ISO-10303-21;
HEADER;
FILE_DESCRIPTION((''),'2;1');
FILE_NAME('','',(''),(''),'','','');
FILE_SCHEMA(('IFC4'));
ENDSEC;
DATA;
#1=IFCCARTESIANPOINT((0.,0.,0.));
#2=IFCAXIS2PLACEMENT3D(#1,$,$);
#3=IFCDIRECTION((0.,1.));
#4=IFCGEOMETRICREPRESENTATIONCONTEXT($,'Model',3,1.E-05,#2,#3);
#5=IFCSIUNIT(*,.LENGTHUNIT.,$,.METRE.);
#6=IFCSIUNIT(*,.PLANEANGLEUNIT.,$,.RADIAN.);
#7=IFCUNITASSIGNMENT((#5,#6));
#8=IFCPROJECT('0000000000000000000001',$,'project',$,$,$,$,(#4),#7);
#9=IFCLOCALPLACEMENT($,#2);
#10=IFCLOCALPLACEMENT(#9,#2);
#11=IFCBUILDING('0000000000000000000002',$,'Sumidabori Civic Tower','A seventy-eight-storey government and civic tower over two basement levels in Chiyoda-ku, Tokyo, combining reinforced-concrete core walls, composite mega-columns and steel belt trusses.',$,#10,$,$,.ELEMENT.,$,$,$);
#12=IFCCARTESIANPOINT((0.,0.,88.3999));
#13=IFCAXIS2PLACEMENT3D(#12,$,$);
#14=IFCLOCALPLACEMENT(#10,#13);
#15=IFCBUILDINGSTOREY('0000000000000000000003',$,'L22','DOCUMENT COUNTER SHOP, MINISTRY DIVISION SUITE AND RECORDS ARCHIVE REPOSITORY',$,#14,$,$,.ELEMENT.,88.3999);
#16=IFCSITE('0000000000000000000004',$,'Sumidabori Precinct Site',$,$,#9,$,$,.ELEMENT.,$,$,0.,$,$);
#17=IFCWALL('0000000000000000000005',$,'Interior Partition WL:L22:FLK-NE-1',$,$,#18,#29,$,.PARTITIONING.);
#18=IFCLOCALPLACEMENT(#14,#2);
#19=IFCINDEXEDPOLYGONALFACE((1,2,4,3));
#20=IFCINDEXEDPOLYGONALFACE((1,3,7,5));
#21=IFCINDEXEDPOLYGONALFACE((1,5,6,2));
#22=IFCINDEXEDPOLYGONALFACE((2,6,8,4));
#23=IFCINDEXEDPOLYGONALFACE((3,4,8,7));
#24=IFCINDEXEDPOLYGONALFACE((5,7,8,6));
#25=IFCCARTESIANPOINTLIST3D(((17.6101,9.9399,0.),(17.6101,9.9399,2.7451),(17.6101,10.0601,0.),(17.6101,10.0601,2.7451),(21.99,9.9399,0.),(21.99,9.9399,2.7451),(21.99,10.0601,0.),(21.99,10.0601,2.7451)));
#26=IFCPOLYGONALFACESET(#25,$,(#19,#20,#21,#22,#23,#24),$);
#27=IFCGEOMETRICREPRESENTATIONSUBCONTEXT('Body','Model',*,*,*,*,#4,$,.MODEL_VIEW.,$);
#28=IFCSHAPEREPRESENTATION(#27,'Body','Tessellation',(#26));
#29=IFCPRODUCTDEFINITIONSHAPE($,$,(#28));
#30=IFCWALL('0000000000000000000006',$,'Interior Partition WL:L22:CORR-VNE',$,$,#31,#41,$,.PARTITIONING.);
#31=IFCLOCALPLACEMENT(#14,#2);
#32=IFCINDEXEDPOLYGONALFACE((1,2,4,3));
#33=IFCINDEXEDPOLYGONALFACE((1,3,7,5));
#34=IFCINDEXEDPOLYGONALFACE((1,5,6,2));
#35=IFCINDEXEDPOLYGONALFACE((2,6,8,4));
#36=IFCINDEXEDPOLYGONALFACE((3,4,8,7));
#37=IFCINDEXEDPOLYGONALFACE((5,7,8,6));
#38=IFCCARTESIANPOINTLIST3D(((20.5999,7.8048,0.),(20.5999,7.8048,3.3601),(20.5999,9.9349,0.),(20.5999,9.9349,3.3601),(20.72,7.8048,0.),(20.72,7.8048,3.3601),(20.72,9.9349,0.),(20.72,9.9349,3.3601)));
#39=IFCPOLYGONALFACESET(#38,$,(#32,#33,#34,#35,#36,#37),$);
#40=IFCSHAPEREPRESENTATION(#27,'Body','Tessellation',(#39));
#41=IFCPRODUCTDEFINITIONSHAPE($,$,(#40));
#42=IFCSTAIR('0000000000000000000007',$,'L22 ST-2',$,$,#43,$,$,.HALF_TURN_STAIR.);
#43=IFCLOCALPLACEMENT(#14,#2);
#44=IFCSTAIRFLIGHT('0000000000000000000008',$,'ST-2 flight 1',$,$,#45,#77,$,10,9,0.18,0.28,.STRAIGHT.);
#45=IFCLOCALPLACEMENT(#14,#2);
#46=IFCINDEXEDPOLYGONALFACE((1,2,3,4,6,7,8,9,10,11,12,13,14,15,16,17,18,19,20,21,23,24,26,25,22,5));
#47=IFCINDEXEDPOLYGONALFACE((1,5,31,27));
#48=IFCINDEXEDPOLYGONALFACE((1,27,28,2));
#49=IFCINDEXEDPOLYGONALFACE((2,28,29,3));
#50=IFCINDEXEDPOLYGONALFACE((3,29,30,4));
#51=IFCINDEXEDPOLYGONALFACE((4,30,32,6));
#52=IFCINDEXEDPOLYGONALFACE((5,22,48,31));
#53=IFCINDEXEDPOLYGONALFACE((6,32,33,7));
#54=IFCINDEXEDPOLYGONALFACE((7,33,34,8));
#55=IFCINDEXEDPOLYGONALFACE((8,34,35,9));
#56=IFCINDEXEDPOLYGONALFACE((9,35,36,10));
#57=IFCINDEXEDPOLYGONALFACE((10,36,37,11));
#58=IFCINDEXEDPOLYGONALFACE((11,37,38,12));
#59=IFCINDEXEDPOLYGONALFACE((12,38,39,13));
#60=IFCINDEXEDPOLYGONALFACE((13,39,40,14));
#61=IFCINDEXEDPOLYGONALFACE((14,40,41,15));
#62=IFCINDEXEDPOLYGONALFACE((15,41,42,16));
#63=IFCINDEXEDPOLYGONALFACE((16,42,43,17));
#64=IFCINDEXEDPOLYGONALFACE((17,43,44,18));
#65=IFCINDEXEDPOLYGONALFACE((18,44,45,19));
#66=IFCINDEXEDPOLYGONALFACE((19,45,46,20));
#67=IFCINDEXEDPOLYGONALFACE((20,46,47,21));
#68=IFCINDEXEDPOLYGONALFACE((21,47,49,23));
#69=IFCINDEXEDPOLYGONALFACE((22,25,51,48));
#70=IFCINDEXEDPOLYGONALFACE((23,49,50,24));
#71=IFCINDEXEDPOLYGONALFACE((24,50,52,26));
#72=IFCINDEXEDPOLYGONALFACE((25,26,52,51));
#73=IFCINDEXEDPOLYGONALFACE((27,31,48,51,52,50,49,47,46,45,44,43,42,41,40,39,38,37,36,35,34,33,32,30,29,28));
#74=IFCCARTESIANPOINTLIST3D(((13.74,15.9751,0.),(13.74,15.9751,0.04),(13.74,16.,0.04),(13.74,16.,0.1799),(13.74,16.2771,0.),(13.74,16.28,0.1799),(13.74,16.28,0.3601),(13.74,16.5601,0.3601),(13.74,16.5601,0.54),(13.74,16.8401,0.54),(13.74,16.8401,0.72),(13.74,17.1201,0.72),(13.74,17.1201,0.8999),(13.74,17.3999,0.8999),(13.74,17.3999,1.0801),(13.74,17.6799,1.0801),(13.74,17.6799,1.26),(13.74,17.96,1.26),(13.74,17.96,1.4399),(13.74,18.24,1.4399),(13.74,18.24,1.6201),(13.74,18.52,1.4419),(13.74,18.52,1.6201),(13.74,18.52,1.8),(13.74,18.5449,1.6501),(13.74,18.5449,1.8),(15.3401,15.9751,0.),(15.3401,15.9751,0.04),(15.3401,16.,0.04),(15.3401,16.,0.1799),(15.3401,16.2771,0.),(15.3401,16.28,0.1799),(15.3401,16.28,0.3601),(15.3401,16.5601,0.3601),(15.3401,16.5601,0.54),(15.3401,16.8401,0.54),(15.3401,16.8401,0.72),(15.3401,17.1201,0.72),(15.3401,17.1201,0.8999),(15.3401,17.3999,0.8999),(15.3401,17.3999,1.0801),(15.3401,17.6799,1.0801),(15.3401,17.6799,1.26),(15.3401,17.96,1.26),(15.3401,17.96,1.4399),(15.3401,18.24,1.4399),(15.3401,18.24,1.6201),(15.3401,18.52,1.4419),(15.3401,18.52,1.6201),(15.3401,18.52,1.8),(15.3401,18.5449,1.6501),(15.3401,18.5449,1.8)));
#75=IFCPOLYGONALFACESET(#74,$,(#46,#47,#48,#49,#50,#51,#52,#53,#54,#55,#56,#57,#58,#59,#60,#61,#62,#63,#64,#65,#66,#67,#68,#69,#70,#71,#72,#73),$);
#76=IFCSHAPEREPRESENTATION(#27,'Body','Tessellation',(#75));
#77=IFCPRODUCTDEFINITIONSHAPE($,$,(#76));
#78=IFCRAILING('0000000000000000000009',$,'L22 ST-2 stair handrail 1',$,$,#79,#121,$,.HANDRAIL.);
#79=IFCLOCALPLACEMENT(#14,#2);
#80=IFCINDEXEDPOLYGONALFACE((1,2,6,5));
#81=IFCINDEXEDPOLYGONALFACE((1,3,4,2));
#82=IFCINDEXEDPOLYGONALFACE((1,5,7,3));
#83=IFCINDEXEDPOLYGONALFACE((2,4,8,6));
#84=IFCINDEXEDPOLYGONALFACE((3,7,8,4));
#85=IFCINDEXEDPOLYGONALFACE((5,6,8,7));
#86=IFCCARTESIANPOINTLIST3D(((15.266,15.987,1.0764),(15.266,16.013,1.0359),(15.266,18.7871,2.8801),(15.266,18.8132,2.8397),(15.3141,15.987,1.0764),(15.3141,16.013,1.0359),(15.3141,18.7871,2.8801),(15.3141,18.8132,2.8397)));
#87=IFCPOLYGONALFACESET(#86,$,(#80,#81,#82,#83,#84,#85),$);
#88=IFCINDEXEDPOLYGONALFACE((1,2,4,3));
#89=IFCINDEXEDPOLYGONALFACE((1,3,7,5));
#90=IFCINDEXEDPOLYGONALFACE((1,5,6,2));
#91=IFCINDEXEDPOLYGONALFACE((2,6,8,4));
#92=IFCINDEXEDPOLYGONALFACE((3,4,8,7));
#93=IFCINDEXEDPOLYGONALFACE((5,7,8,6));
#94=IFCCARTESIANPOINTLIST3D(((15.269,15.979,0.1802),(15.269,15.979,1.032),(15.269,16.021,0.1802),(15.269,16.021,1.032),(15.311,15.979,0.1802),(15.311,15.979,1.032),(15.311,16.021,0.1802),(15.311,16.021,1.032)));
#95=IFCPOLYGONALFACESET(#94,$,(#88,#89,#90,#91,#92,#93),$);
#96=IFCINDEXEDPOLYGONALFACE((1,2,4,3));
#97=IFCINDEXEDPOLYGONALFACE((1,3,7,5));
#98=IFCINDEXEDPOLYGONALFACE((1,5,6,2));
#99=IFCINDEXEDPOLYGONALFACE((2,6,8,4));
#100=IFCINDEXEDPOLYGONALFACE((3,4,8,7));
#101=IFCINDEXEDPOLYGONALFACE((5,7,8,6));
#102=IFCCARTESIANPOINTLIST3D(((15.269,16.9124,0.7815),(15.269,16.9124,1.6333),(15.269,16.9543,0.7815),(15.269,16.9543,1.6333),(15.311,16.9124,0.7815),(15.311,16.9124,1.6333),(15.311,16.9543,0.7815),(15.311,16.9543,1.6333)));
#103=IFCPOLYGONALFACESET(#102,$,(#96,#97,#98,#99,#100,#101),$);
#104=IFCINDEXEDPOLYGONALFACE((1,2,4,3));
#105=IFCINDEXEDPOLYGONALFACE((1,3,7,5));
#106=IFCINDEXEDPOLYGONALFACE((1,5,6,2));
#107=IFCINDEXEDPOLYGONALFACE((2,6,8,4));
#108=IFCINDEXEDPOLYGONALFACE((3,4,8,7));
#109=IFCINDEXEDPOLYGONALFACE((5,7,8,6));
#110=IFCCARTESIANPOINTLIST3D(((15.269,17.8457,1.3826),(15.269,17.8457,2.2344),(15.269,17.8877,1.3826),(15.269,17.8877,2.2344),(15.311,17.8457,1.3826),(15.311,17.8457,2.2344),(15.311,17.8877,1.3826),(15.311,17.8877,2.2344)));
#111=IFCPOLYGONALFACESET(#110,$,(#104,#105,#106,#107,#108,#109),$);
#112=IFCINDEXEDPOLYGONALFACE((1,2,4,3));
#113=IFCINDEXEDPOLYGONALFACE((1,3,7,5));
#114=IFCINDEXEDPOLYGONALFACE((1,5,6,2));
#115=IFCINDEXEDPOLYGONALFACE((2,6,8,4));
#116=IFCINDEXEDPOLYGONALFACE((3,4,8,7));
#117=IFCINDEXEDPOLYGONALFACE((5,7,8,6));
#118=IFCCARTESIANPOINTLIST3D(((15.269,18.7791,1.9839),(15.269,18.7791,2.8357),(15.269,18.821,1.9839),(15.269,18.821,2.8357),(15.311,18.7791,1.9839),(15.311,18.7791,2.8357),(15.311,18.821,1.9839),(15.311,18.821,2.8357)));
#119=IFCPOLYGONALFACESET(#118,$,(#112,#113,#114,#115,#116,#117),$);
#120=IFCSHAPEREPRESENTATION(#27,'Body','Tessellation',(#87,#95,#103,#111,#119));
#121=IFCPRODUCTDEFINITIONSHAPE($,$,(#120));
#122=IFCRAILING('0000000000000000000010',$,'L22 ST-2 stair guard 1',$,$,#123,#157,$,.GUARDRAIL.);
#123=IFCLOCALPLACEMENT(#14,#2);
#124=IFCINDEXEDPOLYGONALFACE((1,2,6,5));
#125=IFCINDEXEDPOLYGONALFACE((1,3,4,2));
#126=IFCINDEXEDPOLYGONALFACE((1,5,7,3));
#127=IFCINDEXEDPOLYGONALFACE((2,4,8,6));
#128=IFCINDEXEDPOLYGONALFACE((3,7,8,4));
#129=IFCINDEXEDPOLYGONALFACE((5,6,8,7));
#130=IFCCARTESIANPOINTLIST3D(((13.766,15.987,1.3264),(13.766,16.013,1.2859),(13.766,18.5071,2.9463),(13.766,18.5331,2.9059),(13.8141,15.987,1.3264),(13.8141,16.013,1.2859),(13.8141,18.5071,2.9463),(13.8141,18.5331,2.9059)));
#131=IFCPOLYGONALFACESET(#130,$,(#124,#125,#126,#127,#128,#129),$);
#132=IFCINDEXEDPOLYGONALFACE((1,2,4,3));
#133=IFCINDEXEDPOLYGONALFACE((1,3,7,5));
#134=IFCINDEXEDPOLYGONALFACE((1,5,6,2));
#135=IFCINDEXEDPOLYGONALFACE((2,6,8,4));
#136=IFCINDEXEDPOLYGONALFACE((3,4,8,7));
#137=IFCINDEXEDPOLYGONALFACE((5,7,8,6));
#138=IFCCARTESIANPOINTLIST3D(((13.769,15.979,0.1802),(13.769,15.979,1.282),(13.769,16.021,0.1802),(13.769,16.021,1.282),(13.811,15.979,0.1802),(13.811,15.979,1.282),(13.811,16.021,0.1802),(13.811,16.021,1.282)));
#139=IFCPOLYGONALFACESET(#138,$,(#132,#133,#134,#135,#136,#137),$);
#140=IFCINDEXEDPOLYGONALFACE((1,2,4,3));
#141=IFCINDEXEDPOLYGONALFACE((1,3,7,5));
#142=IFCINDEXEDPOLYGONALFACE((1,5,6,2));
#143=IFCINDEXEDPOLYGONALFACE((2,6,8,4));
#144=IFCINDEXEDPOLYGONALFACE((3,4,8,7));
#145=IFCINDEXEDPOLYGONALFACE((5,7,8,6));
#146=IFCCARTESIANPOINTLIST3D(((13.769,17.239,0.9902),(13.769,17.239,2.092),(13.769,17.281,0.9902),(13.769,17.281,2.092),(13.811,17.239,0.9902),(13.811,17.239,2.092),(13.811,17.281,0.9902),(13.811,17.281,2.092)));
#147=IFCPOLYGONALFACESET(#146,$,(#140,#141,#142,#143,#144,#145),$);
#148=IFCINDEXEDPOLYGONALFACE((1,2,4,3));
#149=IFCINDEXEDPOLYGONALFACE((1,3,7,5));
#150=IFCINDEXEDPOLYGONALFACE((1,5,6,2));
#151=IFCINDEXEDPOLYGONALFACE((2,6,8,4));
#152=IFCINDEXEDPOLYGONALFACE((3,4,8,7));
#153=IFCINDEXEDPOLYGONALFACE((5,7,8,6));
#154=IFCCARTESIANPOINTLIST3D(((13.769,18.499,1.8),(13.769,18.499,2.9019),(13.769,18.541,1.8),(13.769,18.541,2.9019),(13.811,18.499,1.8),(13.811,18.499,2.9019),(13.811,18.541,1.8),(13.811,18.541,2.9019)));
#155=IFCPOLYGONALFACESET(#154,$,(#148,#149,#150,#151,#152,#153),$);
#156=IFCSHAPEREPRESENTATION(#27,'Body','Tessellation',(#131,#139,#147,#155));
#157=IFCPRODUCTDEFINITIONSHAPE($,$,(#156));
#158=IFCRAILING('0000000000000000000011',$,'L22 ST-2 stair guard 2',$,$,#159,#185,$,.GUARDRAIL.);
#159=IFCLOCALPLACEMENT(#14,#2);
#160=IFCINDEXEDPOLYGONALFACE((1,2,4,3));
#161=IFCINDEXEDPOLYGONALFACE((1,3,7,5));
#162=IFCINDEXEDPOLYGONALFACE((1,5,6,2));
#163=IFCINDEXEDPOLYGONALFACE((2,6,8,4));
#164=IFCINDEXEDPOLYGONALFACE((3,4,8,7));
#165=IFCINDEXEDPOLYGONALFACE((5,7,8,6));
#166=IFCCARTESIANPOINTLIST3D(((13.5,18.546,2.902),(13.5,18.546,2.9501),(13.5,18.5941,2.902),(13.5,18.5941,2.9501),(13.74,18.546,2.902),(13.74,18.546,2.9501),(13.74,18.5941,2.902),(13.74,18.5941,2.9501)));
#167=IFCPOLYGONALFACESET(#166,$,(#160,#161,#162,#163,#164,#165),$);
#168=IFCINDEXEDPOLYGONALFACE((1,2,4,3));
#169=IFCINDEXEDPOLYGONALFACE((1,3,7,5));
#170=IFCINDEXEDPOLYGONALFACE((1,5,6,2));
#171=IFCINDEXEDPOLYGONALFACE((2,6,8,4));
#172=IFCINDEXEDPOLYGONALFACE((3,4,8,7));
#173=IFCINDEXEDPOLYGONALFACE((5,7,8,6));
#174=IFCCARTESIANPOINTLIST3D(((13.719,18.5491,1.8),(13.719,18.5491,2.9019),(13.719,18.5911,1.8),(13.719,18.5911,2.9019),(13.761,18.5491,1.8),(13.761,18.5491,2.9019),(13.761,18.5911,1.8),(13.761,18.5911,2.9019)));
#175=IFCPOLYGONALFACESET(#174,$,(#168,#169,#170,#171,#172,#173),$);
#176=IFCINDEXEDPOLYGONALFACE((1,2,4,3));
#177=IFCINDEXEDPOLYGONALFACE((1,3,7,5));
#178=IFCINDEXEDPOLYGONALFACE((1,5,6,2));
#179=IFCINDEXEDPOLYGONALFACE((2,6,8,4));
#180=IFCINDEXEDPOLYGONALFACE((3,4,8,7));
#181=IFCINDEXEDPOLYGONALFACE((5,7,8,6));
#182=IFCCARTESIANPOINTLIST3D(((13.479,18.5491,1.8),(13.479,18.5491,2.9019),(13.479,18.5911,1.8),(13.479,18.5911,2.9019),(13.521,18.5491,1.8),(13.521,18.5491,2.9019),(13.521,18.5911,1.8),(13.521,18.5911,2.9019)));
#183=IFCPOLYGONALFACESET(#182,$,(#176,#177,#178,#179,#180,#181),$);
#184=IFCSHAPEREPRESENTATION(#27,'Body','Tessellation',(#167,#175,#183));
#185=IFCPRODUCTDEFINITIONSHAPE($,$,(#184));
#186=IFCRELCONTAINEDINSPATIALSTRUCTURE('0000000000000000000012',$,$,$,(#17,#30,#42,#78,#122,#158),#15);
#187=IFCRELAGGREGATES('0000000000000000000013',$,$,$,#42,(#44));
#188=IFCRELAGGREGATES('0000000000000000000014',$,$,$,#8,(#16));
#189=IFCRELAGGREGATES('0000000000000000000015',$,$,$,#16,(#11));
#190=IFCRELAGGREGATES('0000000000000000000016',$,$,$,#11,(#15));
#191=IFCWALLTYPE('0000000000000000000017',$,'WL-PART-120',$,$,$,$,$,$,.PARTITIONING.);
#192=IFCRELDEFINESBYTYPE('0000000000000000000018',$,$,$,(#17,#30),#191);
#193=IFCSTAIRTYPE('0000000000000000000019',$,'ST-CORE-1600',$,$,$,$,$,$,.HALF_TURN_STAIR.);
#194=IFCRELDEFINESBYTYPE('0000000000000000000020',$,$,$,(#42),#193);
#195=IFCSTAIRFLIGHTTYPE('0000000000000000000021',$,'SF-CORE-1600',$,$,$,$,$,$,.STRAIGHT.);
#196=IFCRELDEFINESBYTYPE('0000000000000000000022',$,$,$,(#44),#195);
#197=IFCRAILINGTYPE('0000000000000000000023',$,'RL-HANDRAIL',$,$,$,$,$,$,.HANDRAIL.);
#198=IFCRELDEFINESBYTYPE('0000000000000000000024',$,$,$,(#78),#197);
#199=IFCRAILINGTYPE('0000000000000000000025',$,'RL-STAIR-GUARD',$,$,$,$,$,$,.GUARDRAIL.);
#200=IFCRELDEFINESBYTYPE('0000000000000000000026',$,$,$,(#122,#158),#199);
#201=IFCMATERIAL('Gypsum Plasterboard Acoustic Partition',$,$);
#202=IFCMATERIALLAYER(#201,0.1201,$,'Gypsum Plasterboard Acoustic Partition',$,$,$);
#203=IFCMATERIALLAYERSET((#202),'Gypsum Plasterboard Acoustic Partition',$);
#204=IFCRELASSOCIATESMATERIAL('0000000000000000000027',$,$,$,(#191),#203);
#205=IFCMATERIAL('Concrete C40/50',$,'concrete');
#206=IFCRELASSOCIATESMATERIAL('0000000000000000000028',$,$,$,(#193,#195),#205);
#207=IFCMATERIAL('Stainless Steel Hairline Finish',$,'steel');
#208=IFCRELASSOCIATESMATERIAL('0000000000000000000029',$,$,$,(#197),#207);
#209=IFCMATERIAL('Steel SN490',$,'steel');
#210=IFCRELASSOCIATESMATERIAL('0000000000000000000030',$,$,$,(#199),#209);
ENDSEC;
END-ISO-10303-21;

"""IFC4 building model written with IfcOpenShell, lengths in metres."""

from ifc_helpers import new_model, si_unit, direction, frame, frame_2d, origin, origin_2d, place, context, subcontext, project, spatial, polyline, rectangle, outline, extrude, source, transform, mapped, material, layer, layer_set, type_object, element, aggregate, save


model = new_model("IFC4")

# Units and contexts
model_context = context("Model", 3, precision=1e-05, world=origin(), true_north=direction((0.0, 1.0)))
body_context = subcontext(model_context, "Body", "Model", "MODEL_VIEW")
ifc_project = project(units=[si_unit("LENGTHUNIT", "METRE"), si_unit("PLANEANGLEUNIT", "RADIAN")], contexts=[model_context])

# Site, building, storey
site_placement = place(None, origin())
site = spatial("IfcSite", under=ifc_project, at=site_placement, Name="Sumidabori Precinct Site", CompositionType="ELEMENT", RefElevation=0.0)
building_placement = place(site_placement, origin())
building = spatial("IfcBuilding", under=site, at=building_placement, Name="Sumidabori Civic Tower", Description="A seventy-eight-storey government and civic tower over two basement levels in Chiyoda-ku, Tokyo, combining reinforced-concrete core walls, composite mega-columns and steel belt trusses.", CompositionType="ELEMENT")
storey_placement = place(building_placement, frame((0.0, 0.0, 88.3999)))
storey = spatial("IfcBuildingStorey", under=building, at=storey_placement, Name="L22", Description="DOCUMENT COUNTER SHOP, MINISTRY DIVISION SUITE AND RECORDS ARCHIVE REPOSITORY", CompositionType="ELEMENT", Elevation=88.3999)

# Shared definitions
ifc_material_1 = material(Name="Steel SN490", Category="steel")

# Walls
ifc_material_2 = material(Name="Gypsum Plasterboard Acoustic Partition")
ifc_layer_1 = layer(ifc_material_2, 0.1201, Name="Gypsum Plasterboard Acoustic Partition")
ifc_layer_set_1 = layer_set([ifc_layer_1], Name="Gypsum Plasterboard Acoustic Partition")
wall_type_1 = type_object("IfcWallType", Name="WL-PART-120", PredefinedType="PARTITIONING", material=ifc_layer_set_1)
shared_shape_1 = source(origin(), body_context, "Body", "SweptSolid", [
    extrude(rectangle(XDim=4.3799, YDim=0.1201, at=frame_2d((2.1899, 0.0))), origin(), (0.0, 0.0, 1.0), 2.7451),
])
wall_1_placement = place(storey_placement, frame((17.6101, 10.0, 0.0), z_axis=(0.0, 0.0, 1.0), x_axis=(1.0, 0.0, 0.0)))
element("IfcWall", 1, at=wall_1_placement, inside=storey, type_object=wall_type_1, Name="Interior Partition WL:L22:FLK-NE-1", PredefinedType="PARTITIONING", context=body_context, shape_type="MappedRepresentation", body=[
    mapped(shared_shape_1, transform((0.0, 0.0, 0.0), x_axis=(1.0, 0.0, 0.0), y_axis=(0.0, 1.0, 0.0), z_axis=(0.0, 0.0, 1.0), scale=1.0)),
])
shared_shape_2 = source(origin(), body_context, "Body", "SweptSolid", [
    extrude(rectangle(XDim=2.1301, YDim=0.1201, at=frame_2d((1.0649, 0.0))), origin(), (0.0, 0.0, 1.0), 3.3601),
])
wall_2_placement = place(storey_placement, frame((20.6599, 7.8049, 0.0), z_axis=(0.0, 0.0, 1.0), x_axis=(0.0, 1.0, 0.0)))
element("IfcWall", 2, at=wall_2_placement, inside=storey, type_object=wall_type_1, Name="Interior Partition WL:L22:CORR-VNE", PredefinedType="PARTITIONING", context=body_context, shape_type="MappedRepresentation", body=[
    mapped(shared_shape_2, transform((0.0, 0.0, 0.0), x_axis=(1.0, 0.0, 0.0), y_axis=(0.0, 1.0, 0.0), z_axis=(0.0, 0.0, 1.0), scale=1.0)),
])

# Stair, stair flight
ifc_material_3 = material(Name="Concrete C40/50", Category="concrete")
stair_type = type_object("IfcStairType", Name="ST-CORE-1600", PredefinedType="HALF_TURN_STAIR", material=ifc_material_3)
stair_placement = place(storey_placement, origin())
stair = element("IfcStair", 3, at=stair_placement, inside=storey, type_object=stair_type, Name="L22 ST-2", PredefinedType="HALF_TURN_STAIR")
stair_flight_type = type_object("IfcStairFlightType", Name="SF-CORE-1600", PredefinedType="STRAIGHT", material=ifc_material_3)
shared_shape_3 = source(origin(), body_context, "Body", "SweptSolid", [
    extrude(outline(polyline([(-0.0249, 0.0), (-0.0249, 0.04), (0.0, 0.04), (0.0, 0.1799), (0.28, 0.1799), (0.28, 0.3601), (0.5601, 0.3601), (0.5601, 0.54), (0.8401, 0.54), (0.8401, 0.72), (1.1201, 0.72), (1.1201, 0.8999), (1.3999, 0.8999), (1.3999, 1.0801), (1.6799, 1.0801), (1.6799, 1.26), (1.96, 1.26), (1.96, 1.4399), (2.24, 1.4399), (2.24, 1.6201), (2.52, 1.6201), (2.52, 1.8), (2.5449, 1.8), (2.5449, 1.6501), (2.52, 1.4419), (0.2771, 0.0), (-0.0249, 0.0)])), frame((0.0, 0.8, 0.0), z_axis=(0.0, -1.0, 0.0), x_axis=(1.0, 0.0, 0.0)), (0.0, 0.0, 1.0), 1.6001),
])
stair_flight_placement = place(storey_placement, frame((14.54, 16.0, 0.0), z_axis=(0.0, 0.0, 1.0), x_axis=(0.0, 1.0, 0.0)))
stair_flight = element("IfcStairFlight", 4, at=stair_flight_placement, type_object=stair_flight_type, Name="ST-2 flight 1", NumberOfRisers=10, NumberOfTreads=9, PredefinedType="STRAIGHT", RiserHeight=0.18, TreadLength=0.28, context=body_context, shape_type="MappedRepresentation", body=[
    mapped(shared_shape_3, transform((0.0, 0.0, 0.0), x_axis=(1.0, 0.0, 0.0), y_axis=(0.0, 1.0, 0.0), z_axis=(0.0, 0.0, 1.0), scale=1.0)),
])
aggregate(stair, [stair_flight])

# Railings
ifc_material_4 = material(Name="Stainless Steel Hairline Finish", Category="steel")
railing_type_1 = type_object("IfcRailingType", Name="RL-HANDRAIL", PredefinedType="HANDRAIL", material=ifc_material_4)
railing_1_placement = place(storey_placement, frame((15.29, 16.0, 0.1802)))
element("IfcRailing", 5, at=railing_1_placement, inside=storey, type_object=railing_type_1, Name="L22 ST-2 stair handrail 1", PredefinedType="HANDRAIL", context=body_context, shape_type="SweptSolid", body=[
    extrude(rectangle(XDim=0.0481, YDim=0.0481, at=origin_2d()), frame((0.0, 0.0, 0.876), z_axis=(0.0, 0.840676, 0.541539), x_axis=(-1.0, 0.0, 0.0)), (0.0, 0.0, 1.0), 3.3308),
    extrude(rectangle(XDim=0.042, YDim=0.042, at=origin_2d()), origin(), (0.0, 0.0, 1.0), 0.8518),
    extrude(rectangle(XDim=0.042, YDim=0.042, at=origin_2d()), frame((0.0, 0.9333, 0.6013)), (0.0, 0.0, 1.0), 0.8518),
    extrude(rectangle(XDim=0.042, YDim=0.042, at=origin_2d()), frame((0.0, 1.8667, 1.2024)), (0.0, 0.0, 1.0), 0.8518),
    extrude(rectangle(XDim=0.042, YDim=0.042, at=origin_2d()), frame((0.0, 2.8, 1.8037)), (0.0, 0.0, 1.0), 0.8518),
])
railing_type_2 = type_object("IfcRailingType", Name="RL-STAIR-GUARD", PredefinedType="GUARDRAIL", material=ifc_material_1)
railing_2_placement = place(storey_placement, frame((13.79, 16.0, 0.1802)))
element("IfcRailing", 6, at=railing_2_placement, inside=storey, type_object=railing_type_2, Name="L22 ST-2 stair guard 1", PredefinedType="GUARDRAIL", context=body_context, shape_type="SweptSolid", body=[
    extrude(rectangle(XDim=0.0481, YDim=0.0481, at=origin_2d()), frame((0.0, 0.0, 1.126), z_axis=(0.0, 0.8412, 0.540725), x_axis=(-1.0, 0.0, 0.0)), (0.0, 0.0, 1.0), 2.9958),
    extrude(rectangle(XDim=0.042, YDim=0.042, at=origin_2d()), origin(), (0.0, 0.0, 1.0), 1.1018),
    extrude(rectangle(XDim=0.042, YDim=0.042, at=origin_2d()), frame((0.0, 1.26, 0.8101)), (0.0, 0.0, 1.0), 1.1018),
    extrude(rectangle(XDim=0.042, YDim=0.042, at=origin_2d()), frame((0.0, 2.52, 1.6199)), (0.0, 0.0, 1.0), 1.1018),
])
for number, where, name in (
    (7, (13.74, 18.5701, 1.8), "L22 ST-2 stair guard 2"),
):
    element("IfcRailing", number, at=place(storey_placement, frame(where)), inside=storey, type_object=railing_type_2, Name=name, PredefinedType="GUARDRAIL", context=body_context, shape_type="SweptSolid", body=[
        extrude(rectangle(XDim=0.0481, YDim=0.0481, at=origin_2d()), frame((0.0, 0.0, 1.126), z_axis=(-1.0, 0.0, 0.0), x_axis=(0.0, -1.0, 0.0)), (0.0, 0.0, 1.0), 0.24),
        extrude(rectangle(XDim=0.042, YDim=0.042, at=origin_2d()), origin(), (0.0, 0.0, 1.0), 1.1018),
        extrude(rectangle(XDim=0.042, YDim=0.042, at=origin_2d()), frame((-0.24, 0.0, 0.0)), (0.0, 0.0, 1.0), 1.1018),
    ])

save(model, "model.ifc")
